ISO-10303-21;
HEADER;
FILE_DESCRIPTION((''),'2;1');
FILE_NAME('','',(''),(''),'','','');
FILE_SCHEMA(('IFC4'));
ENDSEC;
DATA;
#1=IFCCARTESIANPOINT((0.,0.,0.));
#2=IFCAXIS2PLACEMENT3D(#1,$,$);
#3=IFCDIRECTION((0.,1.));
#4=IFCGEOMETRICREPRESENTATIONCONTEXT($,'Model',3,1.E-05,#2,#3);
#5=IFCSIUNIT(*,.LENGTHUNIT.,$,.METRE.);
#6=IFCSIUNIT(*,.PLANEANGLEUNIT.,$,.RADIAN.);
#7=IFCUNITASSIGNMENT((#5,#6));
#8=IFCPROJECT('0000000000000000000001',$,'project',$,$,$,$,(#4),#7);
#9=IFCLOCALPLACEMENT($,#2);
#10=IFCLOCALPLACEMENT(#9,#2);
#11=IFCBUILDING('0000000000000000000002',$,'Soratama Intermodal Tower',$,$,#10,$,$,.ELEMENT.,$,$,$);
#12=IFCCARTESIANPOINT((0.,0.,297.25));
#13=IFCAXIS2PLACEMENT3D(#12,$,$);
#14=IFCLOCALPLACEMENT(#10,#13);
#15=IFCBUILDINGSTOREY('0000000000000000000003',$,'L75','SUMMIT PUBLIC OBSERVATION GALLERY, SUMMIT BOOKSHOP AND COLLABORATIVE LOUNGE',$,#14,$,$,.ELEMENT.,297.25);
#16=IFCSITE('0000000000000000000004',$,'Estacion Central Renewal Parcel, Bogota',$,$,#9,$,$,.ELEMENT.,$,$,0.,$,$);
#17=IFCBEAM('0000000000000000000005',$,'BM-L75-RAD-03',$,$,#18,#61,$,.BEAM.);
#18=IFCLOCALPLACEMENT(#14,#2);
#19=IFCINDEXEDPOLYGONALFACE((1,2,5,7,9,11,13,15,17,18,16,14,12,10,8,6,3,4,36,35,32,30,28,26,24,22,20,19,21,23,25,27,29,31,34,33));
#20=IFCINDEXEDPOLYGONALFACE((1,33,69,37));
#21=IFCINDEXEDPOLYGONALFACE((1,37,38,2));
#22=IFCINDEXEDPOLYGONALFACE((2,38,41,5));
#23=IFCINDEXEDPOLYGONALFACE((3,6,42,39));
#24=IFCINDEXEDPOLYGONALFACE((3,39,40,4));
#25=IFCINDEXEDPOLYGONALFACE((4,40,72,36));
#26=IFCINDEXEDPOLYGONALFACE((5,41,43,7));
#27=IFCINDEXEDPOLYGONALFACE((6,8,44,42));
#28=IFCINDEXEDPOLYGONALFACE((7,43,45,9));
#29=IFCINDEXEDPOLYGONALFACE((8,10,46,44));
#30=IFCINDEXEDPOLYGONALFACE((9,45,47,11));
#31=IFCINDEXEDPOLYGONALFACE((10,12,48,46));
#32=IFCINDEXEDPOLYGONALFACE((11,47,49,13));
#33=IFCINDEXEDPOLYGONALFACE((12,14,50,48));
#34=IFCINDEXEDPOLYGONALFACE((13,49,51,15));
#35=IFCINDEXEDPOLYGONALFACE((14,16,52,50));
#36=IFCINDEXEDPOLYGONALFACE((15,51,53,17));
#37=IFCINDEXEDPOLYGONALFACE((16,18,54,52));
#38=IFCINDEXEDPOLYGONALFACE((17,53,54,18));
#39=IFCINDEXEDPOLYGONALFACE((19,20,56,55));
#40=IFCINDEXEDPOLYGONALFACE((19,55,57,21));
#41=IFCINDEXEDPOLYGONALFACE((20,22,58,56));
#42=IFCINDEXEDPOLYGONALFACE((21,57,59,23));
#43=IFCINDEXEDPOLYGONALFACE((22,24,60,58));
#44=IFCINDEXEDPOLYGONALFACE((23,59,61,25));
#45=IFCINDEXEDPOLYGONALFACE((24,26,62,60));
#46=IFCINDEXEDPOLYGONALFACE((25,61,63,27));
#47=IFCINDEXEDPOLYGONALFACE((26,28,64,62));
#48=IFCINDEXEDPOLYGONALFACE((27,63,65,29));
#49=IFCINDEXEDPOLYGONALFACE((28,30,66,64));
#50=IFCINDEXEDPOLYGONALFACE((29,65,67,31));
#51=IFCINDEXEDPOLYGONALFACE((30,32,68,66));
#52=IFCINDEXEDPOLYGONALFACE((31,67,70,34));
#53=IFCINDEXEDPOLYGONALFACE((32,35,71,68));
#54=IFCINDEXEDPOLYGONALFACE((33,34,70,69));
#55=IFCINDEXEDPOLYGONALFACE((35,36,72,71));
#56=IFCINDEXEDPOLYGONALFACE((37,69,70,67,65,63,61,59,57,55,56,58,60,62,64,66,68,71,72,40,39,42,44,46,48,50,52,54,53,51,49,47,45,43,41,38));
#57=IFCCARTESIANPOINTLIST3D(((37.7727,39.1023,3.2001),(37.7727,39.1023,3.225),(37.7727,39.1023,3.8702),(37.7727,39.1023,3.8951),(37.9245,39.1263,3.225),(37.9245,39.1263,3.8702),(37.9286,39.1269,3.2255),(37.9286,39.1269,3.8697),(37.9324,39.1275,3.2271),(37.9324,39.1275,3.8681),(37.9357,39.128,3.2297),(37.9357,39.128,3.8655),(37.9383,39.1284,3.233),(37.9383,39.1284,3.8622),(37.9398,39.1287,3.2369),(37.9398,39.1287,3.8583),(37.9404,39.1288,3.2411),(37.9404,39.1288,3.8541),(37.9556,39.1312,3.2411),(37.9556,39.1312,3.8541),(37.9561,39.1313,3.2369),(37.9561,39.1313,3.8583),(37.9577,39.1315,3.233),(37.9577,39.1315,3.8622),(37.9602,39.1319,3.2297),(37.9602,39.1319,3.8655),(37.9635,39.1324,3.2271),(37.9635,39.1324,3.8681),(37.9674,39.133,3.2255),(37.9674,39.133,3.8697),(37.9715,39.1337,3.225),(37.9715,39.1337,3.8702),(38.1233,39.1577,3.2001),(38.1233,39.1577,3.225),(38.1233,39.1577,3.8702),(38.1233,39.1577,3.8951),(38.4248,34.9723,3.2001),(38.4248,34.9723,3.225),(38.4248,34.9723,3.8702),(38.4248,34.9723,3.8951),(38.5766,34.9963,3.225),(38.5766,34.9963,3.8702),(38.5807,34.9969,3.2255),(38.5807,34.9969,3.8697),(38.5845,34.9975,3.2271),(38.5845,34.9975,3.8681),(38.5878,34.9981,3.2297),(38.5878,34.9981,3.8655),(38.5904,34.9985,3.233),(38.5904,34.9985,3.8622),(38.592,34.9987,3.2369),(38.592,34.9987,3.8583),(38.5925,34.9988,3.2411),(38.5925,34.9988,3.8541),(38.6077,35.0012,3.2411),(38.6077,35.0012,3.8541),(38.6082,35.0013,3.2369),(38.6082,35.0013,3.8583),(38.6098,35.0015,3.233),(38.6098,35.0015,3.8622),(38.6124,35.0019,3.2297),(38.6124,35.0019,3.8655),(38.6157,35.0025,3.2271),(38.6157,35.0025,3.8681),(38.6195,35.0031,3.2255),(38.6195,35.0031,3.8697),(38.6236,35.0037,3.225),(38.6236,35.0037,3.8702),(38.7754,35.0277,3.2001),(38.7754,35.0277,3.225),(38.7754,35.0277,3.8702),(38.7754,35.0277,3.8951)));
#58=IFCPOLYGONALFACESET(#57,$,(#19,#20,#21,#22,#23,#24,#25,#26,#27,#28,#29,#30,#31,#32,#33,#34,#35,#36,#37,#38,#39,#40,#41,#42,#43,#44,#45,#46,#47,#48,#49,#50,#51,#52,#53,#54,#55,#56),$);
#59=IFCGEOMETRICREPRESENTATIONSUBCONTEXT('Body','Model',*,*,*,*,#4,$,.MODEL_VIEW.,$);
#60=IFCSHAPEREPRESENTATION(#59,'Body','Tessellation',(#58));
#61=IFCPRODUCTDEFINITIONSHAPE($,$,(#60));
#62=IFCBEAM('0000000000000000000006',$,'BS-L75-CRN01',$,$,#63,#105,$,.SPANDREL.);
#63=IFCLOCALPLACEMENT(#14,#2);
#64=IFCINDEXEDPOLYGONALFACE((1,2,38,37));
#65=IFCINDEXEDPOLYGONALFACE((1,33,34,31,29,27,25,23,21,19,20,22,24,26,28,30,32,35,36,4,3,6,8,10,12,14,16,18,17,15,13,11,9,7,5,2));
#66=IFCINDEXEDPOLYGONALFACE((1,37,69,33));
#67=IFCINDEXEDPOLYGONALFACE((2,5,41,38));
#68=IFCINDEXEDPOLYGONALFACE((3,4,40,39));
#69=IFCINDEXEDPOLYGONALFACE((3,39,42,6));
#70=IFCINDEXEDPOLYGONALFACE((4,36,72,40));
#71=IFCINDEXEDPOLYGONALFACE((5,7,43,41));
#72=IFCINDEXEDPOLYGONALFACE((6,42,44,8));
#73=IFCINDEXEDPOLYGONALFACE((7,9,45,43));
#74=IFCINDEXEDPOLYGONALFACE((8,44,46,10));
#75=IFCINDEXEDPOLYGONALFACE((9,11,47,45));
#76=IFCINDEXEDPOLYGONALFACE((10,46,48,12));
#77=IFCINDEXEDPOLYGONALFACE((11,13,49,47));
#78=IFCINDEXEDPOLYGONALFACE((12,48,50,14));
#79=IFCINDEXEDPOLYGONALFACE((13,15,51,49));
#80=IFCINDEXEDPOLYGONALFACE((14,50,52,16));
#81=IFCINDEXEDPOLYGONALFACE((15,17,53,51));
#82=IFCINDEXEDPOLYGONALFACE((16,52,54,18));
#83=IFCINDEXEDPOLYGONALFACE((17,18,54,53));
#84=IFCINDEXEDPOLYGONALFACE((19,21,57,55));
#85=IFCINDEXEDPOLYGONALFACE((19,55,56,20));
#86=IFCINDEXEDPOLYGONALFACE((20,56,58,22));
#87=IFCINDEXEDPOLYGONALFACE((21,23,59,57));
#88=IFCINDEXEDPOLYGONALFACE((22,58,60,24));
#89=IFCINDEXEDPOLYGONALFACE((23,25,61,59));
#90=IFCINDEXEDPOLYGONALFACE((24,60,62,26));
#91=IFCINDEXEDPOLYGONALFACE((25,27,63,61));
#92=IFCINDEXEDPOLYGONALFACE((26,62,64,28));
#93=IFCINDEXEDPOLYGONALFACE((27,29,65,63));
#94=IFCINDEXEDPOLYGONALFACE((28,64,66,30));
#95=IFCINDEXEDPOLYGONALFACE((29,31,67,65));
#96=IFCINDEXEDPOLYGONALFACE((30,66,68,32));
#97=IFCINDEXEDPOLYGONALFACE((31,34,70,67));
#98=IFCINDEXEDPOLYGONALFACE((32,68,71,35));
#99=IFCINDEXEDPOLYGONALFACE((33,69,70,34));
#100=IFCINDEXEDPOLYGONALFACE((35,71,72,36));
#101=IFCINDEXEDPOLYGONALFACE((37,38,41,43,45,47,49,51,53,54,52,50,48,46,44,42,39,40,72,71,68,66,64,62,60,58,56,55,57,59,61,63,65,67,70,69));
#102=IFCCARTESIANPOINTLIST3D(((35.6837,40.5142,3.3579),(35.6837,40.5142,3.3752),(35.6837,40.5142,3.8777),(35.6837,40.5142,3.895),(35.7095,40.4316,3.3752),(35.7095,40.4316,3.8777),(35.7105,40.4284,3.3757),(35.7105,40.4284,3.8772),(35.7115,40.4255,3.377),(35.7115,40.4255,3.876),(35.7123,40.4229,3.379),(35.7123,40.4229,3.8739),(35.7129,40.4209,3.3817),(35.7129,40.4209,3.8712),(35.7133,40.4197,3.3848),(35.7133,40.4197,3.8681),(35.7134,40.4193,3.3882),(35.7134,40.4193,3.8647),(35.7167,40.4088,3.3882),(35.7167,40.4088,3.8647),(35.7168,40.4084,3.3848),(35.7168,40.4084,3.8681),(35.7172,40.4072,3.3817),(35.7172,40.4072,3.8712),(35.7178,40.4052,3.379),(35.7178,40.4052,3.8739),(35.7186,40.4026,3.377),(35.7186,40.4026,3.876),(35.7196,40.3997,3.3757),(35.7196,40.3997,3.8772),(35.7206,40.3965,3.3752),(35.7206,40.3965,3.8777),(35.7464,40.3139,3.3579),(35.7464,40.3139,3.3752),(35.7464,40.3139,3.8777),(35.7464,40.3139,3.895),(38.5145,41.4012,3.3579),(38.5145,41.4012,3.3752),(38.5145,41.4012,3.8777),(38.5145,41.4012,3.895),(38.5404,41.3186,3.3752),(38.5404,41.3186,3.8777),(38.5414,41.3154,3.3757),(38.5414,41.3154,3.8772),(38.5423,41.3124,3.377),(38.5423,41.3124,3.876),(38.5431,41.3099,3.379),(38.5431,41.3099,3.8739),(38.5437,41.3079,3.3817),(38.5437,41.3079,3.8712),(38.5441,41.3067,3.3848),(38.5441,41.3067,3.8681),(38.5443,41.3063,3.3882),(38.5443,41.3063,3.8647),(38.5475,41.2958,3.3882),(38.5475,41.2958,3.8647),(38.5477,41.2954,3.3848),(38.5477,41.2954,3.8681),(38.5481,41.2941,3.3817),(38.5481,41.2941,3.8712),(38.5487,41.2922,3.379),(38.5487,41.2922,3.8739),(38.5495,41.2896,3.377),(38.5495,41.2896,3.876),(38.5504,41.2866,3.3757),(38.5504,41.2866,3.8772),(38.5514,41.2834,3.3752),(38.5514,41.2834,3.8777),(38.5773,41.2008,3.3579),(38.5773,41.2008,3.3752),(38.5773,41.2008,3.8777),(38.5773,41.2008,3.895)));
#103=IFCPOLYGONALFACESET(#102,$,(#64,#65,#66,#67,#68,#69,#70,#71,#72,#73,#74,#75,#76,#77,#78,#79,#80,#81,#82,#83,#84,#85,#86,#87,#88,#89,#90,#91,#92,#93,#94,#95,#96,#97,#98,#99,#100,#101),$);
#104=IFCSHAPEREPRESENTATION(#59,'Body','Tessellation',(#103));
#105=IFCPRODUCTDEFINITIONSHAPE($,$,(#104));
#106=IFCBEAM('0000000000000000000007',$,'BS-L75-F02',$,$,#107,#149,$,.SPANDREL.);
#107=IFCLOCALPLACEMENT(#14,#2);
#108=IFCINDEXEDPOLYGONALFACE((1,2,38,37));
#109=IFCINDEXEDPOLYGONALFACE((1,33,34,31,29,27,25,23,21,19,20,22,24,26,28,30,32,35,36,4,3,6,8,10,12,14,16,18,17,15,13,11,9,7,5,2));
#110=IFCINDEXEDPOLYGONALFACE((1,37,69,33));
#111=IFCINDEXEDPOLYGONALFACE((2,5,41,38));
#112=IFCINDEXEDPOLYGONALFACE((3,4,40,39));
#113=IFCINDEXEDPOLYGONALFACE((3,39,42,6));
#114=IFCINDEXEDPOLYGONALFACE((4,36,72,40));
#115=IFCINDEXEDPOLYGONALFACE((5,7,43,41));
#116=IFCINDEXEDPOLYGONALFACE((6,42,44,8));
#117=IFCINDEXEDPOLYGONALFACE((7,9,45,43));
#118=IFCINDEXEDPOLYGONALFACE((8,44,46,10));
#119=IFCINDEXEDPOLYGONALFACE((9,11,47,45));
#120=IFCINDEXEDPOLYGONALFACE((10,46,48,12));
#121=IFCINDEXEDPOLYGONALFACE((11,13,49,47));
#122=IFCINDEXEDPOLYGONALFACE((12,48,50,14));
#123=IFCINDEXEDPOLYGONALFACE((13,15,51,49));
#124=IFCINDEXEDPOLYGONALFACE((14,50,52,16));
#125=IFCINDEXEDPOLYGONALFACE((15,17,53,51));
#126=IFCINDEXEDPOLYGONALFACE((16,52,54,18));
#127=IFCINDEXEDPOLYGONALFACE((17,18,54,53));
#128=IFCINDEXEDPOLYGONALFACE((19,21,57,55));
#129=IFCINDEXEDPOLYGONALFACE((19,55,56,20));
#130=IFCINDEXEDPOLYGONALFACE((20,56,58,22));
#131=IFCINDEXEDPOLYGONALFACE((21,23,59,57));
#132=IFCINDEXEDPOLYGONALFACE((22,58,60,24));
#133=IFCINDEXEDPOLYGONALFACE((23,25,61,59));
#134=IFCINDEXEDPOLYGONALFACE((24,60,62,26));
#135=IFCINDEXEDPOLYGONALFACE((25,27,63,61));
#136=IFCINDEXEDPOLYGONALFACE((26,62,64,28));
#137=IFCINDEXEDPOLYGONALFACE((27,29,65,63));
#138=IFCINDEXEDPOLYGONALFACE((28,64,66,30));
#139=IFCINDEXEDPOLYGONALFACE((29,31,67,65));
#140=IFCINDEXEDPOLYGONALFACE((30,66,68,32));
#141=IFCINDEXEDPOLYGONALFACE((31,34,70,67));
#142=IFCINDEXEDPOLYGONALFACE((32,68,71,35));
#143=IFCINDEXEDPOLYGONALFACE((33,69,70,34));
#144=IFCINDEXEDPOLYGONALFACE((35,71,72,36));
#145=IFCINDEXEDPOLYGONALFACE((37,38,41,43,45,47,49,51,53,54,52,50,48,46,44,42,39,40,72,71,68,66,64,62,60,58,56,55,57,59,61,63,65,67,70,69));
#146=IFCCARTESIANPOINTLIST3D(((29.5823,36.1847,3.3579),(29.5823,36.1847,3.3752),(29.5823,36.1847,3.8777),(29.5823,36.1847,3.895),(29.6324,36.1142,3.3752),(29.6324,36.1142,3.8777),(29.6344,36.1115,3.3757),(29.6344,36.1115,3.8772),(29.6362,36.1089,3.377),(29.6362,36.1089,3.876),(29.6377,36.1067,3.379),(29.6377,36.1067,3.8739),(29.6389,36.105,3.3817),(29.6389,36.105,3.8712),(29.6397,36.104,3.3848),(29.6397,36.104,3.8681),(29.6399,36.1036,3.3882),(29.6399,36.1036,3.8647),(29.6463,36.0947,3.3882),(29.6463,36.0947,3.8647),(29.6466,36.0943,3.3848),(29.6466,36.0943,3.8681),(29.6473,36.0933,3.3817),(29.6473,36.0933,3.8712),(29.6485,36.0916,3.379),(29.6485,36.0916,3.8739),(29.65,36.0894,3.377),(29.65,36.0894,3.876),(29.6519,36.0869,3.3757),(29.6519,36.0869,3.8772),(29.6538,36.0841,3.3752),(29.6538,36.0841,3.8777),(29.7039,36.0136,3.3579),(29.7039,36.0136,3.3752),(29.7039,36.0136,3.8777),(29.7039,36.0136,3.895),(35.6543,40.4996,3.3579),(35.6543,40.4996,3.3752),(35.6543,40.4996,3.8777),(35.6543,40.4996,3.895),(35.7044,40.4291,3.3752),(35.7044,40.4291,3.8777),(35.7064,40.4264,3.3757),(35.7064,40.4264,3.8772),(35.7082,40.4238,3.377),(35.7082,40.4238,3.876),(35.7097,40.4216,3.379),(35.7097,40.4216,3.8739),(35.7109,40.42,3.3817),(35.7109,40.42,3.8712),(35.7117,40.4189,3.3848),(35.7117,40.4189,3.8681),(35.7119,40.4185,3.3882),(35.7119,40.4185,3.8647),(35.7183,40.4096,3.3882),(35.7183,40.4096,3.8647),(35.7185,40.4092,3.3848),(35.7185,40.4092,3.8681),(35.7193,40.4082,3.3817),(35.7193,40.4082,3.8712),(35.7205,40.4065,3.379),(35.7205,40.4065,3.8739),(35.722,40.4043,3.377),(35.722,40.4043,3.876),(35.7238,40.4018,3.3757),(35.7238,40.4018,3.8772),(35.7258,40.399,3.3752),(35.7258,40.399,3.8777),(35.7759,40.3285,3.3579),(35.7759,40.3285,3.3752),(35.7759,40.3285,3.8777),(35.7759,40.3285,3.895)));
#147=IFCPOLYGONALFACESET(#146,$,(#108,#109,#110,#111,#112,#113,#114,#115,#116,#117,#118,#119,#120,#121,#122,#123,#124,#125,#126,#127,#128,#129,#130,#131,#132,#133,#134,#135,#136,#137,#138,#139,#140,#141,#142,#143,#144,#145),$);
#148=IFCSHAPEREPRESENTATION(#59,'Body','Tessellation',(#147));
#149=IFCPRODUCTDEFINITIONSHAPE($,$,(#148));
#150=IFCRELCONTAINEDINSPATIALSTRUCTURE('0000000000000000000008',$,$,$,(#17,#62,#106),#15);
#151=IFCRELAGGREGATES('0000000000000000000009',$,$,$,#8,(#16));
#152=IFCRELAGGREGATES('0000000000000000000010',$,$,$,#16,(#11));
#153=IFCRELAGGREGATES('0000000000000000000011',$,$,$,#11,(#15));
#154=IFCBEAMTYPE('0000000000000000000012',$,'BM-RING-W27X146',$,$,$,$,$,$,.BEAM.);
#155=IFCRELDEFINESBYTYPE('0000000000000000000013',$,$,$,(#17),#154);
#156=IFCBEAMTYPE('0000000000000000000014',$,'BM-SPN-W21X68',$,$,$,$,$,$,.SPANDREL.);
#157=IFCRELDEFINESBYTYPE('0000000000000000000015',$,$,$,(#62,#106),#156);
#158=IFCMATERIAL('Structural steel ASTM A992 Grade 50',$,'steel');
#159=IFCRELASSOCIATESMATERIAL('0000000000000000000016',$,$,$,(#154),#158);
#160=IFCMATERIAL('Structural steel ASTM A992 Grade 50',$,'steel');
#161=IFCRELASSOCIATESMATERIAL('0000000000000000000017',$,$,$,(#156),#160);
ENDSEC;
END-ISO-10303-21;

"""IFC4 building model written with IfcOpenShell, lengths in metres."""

from ifc_helpers import new_model, si_unit, direction, frame, origin, origin_2d, place, context, subcontext, project, spatial, i_section, extrude, material, material_profile, profile_set, type_object, element, save


model = new_model("IFC4")

# Units and contexts
model_context = context("Model", 3, precision=1e-05, world=origin(), true_north=direction((0.0, 1.0)))
body_context = subcontext(model_context, "Body", "Model", "MODEL_VIEW")
ifc_project = project(units=[si_unit("LENGTHUNIT", "METRE"), si_unit("PLANEANGLEUNIT", "RADIAN")], contexts=[model_context])

# Site, building, storey
site_placement = place(None, origin())
site = spatial("IfcSite", under=ifc_project, at=site_placement, Name="Estacion Central Renewal Parcel, Bogota", CompositionType="ELEMENT", RefElevation=0.0)
building_placement = place(site_placement, origin())
building = spatial("IfcBuilding", under=site, at=building_placement, Name="Soratama Intermodal Tower", CompositionType="ELEMENT")
storey_placement = place(building_placement, frame((0.0, 0.0, 297.25)))
storey = spatial("IfcBuildingStorey", under=building, at=storey_placement, Name="L75", Description="SUMMIT PUBLIC OBSERVATION GALLERY, SUMMIT BOOKSHOP AND COLLABORATIVE LOUNGE", CompositionType="ELEMENT", Elevation=297.25)

# Beams
ifc_material_1 = material(Name="Structural steel ASTM A992 Grade 50", Category="steel")
ifc_material_profile_1 = material_profile(ifc_material_1, i_section(OverallWidth=0.355, OverallDepth=0.6951, WebThickness=0.0154, FlangeThickness=0.0249, FilletRadius=0.0161, at=origin_2d()), Name="W27X146")
ifc_profile_set_1 = profile_set([ifc_material_profile_1], Name="Structural steel ASTM A992 Grade 50")
beam_type_1 = type_object("IfcBeamType", Name="BM-RING-W27X146", PredefinedType="BEAM", material=ifc_profile_set_1)
beam_1_placement = place(storey_placement, frame((38.6001, 35.0, 3.5476), z_axis=(-0.155966, 0.987762, 0.0), x_axis=(-0.987762, -0.155966, 0.0)))
element("IfcBeam", 1, at=beam_1_placement, inside=storey, type_object=beam_type_1, Name="BM-L75-RAD-03", PredefinedType="BEAM", context=body_context, shape_type="SweptSolid", body=[
    extrude(i_section(OverallWidth=0.355, OverallDepth=0.6951, WebThickness=0.0154, FlangeThickness=0.0249, FilletRadius=0.0161, at=origin_2d()), origin(), (0.0, 0.0, 1.0), 4.1812),
])
ifc_material_2 = material(Name="Structural steel ASTM A992 Grade 50", Category="steel")
ifc_material_profile_2 = material_profile(ifc_material_2, i_section(OverallWidth=0.21, OverallDepth=0.5371, WebThickness=0.011, FlangeThickness=0.0173, FilletRadius=0.0129, at=origin_2d()), Name="W21X68")
ifc_profile_set_2 = profile_set([ifc_material_profile_2], Name="Structural steel ASTM A992 Grade 50")
beam_type_2 = type_object("IfcBeamType", Name="BM-SPN-W21X68", PredefinedType="SPANDREL", material=ifc_profile_set_2)
beam_2_placement = place(storey_placement, frame((38.5459, 41.301, 3.6265), z_axis=(-0.954256, -0.298992, 0.0), x_axis=(0.298992, -0.954256, 0.0)))
element("IfcBeam", 2, at=beam_2_placement, inside=storey, type_object=beam_type_2, Name="BS-L75-CRN01", PredefinedType="SPANDREL", context=body_context, shape_type="SweptSolid", body=[
    extrude(i_section(OverallWidth=0.21, OverallDepth=0.5371, WebThickness=0.011, FlangeThickness=0.0173, FilletRadius=0.0129, at=origin_2d()), origin(), (0.0, 0.0, 1.0), 2.9666),
])
beam_3_placement = place(storey_placement, frame((35.7151, 40.4141, 3.6265), z_axis=(-0.815142, -0.579262, 0.0), x_axis=(0.579262, -0.815142, 0.0)))
element("IfcBeam", 3, at=beam_3_placement, inside=storey, type_object=beam_type_2, Name="BS-L75-F02", PredefinedType="SPANDREL", context=body_context, shape_type="SweptSolid", body=[
    extrude(i_section(OverallWidth=0.21, OverallDepth=0.5371, WebThickness=0.011, FlangeThickness=0.0173, FilletRadius=0.0129, at=origin_2d()), origin(), (0.0, 0.0, 1.0), 7.449),
])

save(model, "model.ifc")
